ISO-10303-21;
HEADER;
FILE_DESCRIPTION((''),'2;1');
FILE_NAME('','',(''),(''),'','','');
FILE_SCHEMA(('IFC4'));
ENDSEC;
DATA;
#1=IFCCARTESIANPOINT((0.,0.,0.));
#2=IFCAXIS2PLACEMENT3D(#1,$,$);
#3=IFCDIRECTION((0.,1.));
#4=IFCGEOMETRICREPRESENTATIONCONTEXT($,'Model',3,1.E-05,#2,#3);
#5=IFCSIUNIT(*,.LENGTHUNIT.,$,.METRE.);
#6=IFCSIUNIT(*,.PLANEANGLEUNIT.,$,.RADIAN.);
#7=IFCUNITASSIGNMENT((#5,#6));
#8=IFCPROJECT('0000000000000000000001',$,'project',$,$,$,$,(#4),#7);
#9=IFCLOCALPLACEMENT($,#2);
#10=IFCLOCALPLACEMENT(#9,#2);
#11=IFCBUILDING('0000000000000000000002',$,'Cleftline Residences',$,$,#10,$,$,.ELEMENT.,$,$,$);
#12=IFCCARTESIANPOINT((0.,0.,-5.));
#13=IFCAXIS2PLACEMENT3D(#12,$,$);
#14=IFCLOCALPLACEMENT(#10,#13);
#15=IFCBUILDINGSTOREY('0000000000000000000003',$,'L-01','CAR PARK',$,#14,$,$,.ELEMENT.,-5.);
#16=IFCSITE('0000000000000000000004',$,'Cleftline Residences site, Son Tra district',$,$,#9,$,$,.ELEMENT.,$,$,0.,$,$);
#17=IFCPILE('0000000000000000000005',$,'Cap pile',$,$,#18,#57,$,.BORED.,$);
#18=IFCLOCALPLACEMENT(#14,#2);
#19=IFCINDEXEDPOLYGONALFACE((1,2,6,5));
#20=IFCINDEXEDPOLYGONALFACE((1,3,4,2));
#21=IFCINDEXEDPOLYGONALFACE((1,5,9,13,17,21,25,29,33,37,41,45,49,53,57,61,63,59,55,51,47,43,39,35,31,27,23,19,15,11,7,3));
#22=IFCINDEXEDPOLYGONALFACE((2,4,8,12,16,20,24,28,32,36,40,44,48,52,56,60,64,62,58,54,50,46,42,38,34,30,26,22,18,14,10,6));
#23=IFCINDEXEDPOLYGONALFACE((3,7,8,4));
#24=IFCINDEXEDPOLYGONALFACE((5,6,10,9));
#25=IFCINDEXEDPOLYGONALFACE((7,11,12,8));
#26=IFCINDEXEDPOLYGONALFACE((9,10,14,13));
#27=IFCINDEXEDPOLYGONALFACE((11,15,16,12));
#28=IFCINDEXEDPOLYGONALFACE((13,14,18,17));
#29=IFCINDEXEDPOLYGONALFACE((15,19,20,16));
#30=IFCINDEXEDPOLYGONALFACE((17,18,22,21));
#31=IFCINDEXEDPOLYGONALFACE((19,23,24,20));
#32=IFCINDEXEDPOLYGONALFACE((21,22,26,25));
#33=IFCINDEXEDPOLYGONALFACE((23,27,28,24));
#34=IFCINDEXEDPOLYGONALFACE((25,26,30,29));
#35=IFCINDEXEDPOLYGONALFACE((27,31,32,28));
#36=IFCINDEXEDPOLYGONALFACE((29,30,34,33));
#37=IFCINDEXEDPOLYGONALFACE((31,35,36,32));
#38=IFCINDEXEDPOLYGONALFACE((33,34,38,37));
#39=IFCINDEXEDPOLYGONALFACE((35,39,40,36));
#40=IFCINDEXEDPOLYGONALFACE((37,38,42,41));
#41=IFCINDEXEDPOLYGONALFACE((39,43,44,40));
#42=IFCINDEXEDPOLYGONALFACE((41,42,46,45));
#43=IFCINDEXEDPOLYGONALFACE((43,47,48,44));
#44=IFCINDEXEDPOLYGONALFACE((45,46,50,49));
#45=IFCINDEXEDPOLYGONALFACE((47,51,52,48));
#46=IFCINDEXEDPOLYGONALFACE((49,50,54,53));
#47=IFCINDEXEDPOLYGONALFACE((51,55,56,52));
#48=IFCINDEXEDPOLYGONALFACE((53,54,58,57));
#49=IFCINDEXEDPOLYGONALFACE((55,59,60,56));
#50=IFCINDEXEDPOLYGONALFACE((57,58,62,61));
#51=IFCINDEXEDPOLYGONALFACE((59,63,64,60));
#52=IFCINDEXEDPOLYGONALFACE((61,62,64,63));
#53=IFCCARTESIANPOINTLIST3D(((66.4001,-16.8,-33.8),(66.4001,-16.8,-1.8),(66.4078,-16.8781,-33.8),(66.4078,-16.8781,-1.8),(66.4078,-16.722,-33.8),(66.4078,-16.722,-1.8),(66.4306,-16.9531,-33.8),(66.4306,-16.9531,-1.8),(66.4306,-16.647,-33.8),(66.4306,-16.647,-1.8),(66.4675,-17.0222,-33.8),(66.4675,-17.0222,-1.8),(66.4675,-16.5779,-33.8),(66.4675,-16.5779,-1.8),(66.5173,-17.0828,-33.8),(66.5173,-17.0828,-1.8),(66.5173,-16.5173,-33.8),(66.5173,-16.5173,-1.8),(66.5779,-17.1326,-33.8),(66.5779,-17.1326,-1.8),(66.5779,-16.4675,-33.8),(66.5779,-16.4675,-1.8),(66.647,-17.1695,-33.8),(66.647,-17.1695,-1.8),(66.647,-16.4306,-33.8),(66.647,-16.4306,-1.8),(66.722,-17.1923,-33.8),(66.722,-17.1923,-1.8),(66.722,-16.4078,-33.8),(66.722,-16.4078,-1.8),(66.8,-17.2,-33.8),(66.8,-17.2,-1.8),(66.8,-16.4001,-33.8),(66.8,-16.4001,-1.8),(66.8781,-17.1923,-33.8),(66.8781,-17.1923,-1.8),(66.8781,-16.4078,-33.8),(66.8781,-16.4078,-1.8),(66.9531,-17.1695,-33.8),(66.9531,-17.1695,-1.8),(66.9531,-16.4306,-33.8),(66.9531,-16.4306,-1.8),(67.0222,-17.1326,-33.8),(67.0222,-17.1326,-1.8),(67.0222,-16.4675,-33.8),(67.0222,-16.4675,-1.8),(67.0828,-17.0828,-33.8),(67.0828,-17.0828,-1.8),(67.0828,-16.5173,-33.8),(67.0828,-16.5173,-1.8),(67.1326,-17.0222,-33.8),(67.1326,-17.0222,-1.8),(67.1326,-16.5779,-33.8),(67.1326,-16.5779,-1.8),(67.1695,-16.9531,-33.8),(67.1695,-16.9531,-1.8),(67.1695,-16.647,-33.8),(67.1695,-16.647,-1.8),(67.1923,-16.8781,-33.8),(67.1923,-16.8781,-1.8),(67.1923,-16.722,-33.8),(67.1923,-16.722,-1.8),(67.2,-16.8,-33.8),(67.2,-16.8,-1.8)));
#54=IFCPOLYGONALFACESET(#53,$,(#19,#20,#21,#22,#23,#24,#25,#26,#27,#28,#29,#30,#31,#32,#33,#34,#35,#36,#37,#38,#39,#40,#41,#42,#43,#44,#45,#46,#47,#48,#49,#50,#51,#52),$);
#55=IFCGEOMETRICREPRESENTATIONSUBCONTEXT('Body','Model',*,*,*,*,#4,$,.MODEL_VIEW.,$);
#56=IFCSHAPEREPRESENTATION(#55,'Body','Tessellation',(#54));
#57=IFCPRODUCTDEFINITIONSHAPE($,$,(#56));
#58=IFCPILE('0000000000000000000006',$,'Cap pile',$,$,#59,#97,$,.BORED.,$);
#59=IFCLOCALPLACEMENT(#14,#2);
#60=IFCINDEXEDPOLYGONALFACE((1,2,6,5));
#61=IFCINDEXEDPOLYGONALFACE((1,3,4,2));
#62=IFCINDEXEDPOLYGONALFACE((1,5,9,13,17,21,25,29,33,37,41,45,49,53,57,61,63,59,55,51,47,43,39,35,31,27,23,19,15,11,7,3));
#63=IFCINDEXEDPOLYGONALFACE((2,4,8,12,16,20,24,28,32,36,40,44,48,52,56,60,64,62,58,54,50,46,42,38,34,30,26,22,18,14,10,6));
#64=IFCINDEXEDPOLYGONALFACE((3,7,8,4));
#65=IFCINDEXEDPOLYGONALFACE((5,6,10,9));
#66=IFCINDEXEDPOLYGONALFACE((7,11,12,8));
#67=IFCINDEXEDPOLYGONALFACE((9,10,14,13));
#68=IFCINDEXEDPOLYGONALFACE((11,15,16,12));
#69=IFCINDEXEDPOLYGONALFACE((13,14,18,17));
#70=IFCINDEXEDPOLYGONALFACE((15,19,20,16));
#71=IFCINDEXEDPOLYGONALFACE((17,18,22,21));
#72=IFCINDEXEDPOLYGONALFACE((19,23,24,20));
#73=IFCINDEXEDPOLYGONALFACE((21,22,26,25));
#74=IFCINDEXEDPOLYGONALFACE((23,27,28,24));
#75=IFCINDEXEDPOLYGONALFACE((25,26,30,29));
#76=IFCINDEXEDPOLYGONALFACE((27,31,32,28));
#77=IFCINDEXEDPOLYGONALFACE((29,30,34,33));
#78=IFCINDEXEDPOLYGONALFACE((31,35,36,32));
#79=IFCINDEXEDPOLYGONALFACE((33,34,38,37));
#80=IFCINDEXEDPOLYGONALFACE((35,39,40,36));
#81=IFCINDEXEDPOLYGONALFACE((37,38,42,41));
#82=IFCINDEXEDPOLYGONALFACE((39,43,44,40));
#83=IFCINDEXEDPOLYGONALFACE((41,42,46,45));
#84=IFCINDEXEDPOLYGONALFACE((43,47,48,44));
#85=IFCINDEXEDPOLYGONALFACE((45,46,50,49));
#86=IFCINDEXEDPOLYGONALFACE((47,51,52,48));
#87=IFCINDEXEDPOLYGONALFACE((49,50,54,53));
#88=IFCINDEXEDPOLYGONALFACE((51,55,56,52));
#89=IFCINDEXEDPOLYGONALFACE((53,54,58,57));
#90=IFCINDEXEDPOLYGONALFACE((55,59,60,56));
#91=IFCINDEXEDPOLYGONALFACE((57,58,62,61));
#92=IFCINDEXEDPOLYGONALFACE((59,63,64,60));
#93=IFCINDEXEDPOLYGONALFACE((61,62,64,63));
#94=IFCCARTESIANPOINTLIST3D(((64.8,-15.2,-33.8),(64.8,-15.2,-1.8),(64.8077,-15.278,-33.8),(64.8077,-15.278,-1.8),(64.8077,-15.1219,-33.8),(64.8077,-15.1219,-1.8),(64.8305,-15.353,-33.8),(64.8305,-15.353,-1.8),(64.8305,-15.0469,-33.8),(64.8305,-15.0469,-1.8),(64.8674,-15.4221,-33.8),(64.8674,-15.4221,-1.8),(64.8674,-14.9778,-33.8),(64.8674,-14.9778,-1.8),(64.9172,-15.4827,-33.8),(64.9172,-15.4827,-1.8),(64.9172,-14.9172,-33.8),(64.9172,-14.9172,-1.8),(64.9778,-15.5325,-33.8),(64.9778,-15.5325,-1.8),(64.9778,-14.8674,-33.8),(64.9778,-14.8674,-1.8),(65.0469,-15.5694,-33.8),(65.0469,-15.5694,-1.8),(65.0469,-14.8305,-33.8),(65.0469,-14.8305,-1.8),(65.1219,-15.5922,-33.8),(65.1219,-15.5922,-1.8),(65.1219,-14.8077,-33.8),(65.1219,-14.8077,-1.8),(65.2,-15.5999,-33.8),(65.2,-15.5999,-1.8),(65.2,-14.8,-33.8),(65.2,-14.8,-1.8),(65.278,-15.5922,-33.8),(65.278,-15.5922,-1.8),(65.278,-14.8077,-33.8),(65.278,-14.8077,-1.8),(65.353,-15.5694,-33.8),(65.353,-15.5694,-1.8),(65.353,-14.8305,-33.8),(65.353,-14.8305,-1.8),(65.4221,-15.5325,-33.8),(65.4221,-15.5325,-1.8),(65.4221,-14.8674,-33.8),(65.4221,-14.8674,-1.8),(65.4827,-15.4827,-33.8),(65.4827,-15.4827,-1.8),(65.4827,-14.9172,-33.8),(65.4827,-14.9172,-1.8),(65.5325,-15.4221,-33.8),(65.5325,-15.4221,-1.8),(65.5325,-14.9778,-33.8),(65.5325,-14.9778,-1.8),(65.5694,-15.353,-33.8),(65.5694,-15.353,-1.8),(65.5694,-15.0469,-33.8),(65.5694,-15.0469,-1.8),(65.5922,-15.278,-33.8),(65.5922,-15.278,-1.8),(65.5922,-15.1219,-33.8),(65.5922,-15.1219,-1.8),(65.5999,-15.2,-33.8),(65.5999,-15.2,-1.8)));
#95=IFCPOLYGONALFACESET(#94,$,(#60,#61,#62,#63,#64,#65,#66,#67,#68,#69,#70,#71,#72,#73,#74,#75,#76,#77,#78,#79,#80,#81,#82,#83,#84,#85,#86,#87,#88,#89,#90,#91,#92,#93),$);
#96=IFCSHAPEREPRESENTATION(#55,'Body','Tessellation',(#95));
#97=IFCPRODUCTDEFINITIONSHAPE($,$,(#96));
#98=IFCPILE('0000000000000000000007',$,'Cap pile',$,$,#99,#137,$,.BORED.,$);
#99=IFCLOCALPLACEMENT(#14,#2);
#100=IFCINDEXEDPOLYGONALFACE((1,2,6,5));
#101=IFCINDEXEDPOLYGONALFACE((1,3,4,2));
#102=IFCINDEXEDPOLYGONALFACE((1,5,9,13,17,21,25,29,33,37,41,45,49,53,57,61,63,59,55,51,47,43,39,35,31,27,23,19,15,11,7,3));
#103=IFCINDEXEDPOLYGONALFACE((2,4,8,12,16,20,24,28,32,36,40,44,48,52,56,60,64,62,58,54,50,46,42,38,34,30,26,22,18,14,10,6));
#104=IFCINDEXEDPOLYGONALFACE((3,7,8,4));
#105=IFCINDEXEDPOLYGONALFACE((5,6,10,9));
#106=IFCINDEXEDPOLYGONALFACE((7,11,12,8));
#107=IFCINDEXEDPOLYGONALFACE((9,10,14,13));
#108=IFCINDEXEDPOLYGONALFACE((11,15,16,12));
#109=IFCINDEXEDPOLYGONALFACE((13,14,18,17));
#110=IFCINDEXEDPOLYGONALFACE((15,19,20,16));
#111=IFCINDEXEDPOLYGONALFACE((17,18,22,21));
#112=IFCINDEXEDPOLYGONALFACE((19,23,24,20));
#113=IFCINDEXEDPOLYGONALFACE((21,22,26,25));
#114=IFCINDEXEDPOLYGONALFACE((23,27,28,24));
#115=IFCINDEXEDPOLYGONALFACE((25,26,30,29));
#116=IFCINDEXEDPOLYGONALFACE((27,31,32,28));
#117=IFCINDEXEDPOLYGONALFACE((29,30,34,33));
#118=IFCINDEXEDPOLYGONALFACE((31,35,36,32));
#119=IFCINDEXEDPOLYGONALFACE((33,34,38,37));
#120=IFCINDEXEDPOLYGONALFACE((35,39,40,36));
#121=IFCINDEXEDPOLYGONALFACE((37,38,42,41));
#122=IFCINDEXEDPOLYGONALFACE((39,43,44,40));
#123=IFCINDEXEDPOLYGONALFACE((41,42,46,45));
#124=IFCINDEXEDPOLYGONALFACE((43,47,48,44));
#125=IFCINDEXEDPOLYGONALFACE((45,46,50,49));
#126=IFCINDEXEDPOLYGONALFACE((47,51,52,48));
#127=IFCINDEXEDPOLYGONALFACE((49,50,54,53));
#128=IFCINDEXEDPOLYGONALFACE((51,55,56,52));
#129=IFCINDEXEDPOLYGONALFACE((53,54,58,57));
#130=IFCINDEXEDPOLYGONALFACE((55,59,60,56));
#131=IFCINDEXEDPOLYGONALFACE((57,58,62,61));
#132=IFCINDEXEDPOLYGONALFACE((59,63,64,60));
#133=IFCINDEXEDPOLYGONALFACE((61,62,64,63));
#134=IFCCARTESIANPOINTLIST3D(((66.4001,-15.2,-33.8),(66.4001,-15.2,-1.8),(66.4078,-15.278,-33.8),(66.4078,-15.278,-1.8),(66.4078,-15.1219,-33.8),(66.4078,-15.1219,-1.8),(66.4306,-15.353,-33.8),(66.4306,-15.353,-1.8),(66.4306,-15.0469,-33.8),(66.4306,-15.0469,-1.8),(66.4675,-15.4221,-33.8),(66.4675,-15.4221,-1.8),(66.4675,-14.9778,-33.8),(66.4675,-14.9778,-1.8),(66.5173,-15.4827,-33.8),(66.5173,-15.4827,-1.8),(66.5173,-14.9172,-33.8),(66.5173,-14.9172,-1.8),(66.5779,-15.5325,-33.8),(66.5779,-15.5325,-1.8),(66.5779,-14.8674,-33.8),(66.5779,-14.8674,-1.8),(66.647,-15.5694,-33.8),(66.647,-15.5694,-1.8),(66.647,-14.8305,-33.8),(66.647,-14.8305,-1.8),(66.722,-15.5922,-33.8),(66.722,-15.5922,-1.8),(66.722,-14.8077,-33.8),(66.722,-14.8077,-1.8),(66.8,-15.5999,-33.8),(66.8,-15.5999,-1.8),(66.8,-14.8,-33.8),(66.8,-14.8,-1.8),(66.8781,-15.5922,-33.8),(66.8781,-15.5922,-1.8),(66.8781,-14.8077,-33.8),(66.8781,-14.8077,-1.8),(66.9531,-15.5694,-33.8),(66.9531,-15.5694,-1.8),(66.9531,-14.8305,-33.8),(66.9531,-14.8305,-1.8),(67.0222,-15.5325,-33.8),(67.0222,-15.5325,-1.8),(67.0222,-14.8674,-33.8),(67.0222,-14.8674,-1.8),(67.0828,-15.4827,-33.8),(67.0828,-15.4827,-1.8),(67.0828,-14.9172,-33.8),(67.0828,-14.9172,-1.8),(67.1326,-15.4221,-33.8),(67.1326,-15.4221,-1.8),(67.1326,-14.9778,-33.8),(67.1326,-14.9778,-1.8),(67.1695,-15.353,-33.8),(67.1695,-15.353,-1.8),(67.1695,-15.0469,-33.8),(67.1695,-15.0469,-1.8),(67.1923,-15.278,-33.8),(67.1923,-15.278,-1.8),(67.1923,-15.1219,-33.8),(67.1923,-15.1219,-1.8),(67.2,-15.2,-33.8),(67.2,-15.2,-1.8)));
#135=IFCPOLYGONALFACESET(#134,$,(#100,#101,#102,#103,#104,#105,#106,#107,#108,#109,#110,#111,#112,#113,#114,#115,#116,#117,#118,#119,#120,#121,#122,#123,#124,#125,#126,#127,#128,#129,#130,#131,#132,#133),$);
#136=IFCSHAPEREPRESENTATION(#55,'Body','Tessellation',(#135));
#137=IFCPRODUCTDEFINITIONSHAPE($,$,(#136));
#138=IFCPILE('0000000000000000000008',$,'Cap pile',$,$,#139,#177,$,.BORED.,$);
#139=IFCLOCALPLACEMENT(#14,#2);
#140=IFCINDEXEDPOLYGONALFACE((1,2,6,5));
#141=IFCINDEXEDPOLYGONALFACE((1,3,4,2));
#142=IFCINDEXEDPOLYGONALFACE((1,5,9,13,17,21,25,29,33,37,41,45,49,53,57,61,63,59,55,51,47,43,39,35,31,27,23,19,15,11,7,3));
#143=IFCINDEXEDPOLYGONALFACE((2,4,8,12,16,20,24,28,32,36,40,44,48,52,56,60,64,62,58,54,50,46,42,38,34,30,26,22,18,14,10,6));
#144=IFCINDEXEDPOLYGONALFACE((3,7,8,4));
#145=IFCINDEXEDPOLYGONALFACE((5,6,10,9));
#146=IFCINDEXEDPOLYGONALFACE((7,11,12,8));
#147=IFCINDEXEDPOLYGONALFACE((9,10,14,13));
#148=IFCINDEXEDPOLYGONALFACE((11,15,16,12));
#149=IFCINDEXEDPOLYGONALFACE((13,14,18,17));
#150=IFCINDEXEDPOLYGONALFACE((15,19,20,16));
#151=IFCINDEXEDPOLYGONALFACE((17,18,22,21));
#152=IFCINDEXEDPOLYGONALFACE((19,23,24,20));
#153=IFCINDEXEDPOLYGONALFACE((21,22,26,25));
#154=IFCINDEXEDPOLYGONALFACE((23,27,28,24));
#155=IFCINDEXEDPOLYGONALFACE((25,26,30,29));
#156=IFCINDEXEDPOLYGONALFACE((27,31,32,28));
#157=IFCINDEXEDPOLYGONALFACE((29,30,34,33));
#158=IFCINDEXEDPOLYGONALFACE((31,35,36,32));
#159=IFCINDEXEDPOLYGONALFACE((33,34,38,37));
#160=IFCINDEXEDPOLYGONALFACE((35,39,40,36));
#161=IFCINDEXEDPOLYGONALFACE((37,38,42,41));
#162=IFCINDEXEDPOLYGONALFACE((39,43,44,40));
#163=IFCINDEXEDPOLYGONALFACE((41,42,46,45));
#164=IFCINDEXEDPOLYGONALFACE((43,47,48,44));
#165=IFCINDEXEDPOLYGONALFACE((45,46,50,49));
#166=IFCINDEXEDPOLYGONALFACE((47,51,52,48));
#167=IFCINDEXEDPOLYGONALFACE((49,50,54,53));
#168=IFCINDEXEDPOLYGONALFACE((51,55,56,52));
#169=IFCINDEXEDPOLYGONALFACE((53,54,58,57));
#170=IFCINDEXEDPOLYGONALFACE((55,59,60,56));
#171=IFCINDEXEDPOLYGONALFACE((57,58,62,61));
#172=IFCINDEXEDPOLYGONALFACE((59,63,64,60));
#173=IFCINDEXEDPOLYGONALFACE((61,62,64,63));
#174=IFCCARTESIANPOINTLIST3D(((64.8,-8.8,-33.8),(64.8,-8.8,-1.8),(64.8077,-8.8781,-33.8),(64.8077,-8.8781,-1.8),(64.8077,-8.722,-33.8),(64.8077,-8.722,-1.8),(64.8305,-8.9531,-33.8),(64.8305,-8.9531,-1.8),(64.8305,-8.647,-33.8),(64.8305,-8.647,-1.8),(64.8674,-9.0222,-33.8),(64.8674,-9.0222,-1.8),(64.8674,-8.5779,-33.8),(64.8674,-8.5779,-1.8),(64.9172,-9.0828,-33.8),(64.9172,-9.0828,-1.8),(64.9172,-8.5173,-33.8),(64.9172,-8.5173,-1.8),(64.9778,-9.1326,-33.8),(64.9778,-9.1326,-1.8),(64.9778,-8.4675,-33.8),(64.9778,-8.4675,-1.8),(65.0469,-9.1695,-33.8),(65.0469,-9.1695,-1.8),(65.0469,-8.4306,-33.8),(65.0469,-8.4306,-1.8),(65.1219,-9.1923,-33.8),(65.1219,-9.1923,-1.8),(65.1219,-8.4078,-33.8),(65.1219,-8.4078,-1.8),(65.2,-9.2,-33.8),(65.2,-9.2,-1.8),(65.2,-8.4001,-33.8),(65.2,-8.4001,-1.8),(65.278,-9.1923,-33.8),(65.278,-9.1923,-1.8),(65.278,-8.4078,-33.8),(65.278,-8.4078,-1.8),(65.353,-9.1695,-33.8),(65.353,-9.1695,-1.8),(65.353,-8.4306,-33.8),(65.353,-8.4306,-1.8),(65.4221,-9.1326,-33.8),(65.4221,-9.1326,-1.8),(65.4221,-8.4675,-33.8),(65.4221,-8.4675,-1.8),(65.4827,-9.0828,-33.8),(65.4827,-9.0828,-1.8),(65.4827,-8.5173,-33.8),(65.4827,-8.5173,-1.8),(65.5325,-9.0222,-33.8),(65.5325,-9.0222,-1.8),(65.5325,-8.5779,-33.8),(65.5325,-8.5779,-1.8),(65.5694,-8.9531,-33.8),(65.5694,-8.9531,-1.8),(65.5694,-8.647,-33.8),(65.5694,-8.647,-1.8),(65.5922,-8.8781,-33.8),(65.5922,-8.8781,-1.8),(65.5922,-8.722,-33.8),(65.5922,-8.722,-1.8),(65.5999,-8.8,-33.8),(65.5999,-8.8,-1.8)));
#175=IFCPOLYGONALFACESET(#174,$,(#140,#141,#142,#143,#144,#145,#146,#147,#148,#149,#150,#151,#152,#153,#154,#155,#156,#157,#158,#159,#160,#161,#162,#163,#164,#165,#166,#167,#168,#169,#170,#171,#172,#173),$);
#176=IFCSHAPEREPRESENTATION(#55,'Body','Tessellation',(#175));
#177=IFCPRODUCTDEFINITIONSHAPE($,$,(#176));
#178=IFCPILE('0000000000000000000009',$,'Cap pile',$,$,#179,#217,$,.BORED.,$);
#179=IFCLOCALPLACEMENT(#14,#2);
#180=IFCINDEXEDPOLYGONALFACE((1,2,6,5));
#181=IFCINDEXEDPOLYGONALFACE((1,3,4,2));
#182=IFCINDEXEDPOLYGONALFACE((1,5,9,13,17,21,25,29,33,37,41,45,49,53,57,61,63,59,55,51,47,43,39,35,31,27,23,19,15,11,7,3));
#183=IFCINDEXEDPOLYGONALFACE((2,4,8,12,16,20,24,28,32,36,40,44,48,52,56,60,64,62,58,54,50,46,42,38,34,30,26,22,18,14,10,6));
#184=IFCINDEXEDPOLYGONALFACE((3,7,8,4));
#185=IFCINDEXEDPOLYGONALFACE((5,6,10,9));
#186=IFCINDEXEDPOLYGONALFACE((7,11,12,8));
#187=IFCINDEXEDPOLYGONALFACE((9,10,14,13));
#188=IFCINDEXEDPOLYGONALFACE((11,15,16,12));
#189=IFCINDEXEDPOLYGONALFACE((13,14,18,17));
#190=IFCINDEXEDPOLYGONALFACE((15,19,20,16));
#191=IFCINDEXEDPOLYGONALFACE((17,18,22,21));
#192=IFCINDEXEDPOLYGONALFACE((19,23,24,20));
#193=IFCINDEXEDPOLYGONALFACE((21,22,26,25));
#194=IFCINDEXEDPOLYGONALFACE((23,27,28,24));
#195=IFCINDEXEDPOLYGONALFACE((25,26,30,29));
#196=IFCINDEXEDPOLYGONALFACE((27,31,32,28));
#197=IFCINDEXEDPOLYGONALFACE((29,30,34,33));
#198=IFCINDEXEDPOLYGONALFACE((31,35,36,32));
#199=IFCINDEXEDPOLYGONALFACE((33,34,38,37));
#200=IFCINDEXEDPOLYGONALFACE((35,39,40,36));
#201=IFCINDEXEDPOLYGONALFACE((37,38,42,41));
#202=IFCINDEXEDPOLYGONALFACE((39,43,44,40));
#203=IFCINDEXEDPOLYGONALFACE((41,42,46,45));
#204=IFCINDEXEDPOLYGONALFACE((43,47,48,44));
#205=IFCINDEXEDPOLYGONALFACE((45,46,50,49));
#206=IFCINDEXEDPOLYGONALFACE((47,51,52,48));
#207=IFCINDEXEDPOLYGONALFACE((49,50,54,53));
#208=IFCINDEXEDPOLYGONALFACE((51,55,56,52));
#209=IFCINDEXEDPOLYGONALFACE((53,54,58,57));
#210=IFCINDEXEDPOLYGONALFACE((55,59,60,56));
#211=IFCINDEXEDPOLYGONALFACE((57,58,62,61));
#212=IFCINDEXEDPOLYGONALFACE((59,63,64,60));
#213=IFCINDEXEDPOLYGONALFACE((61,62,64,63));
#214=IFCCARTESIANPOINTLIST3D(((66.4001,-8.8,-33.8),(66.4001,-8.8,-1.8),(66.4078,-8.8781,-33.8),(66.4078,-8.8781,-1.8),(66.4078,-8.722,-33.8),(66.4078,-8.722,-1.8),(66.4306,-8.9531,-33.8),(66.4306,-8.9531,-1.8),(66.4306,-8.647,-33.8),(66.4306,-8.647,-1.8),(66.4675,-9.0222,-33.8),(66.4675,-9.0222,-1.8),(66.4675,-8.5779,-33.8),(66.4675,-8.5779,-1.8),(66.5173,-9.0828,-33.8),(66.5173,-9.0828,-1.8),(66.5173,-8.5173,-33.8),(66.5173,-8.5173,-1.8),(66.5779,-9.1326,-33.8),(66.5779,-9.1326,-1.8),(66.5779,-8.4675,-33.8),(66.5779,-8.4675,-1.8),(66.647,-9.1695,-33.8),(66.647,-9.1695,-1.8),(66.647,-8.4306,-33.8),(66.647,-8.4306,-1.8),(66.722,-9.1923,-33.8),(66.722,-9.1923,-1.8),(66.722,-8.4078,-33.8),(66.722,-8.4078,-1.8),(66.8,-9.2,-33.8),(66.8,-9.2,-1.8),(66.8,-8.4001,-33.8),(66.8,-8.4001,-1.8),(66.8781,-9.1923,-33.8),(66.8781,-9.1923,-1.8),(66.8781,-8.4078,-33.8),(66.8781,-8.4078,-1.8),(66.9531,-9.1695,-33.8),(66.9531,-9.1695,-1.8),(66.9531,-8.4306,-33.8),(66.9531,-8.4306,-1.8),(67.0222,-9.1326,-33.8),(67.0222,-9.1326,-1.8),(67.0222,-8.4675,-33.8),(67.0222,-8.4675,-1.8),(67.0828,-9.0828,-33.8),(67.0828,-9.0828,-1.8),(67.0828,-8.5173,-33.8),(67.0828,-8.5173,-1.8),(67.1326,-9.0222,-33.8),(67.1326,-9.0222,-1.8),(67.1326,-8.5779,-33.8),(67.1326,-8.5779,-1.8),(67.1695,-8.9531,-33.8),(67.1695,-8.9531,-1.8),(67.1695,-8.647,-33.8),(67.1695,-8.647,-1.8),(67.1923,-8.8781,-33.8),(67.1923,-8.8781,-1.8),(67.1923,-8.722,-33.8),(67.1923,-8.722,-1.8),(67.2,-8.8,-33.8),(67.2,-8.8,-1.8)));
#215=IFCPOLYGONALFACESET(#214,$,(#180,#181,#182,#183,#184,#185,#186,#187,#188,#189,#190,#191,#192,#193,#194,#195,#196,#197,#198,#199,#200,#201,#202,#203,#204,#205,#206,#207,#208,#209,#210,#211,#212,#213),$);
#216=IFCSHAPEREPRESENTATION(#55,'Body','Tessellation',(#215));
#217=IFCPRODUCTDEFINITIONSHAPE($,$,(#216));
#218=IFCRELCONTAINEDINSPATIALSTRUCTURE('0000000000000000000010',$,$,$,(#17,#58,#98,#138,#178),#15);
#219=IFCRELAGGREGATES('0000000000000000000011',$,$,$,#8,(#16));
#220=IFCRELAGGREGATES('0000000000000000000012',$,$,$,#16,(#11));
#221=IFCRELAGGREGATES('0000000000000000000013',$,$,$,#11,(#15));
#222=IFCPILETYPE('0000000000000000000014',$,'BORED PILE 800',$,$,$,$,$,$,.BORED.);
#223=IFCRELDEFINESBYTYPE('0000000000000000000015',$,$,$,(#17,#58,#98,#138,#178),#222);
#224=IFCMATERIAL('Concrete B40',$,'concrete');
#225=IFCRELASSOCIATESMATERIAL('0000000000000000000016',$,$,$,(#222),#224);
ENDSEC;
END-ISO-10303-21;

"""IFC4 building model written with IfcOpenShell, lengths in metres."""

from ifc_helpers import new_model, si_unit, direction, frame, origin, origin_2d, place, context, subcontext, project, spatial, circle, extrude, material, material_profile, profile_set, type_object, element, save


model = new_model("IFC4")

# Units and contexts
model_context = context("Model", 3, precision=1e-05, world=origin(), true_north=direction((0.0, 1.0)))
body_context = subcontext(model_context, "Body", "Model", "MODEL_VIEW")
ifc_project = project(units=[si_unit("LENGTHUNIT", "METRE"), si_unit("PLANEANGLEUNIT", "RADIAN")], contexts=[model_context])

# Site, building, storey
site_placement = place(None, origin())
site = spatial("IfcSite", under=ifc_project, at=site_placement, Name="Cleftline Residences site, Son Tra district", CompositionType="ELEMENT", RefElevation=0.0)
building_placement = place(site_placement, origin())
building = spatial("IfcBuilding", under=site, at=building_placement, Name="Cleftline Residences", CompositionType="ELEMENT")
storey_placement = place(building_placement, frame((0.0, 0.0, -5.0)))
storey = spatial("IfcBuildingStorey", under=building, at=storey_placement, Name="L-01", Description="CAR PARK", CompositionType="ELEMENT", Elevation=-5.0)

# Piles
ifc_material_1 = material(Name="Concrete B40", Category="concrete")
ifc_material_profile_1 = material_profile(ifc_material_1, circle(Radius=0.3999, at=origin_2d()))
ifc_profile_set_1 = profile_set([ifc_material_profile_1], Name="Concrete B40")
pile_type_1 = type_object("IfcPileType", Name="BORED PILE 800", PredefinedType="BORED", material=ifc_profile_set_1)
for number, where, z_axis, x_axis, name in (
    (1, (66.8, -16.8, -1.8), (0.0, 0.0, -1.0), (1.0, 0.0, 0.0), "Cap pile"),
    (2, (65.2, -15.2, -1.8), (0.0, 0.0, -1.0), (1.0, 0.0, 0.0), "Cap pile"),
    (3, (66.8, -15.2, -1.8), (0.0, 0.0, -1.0), (1.0, 0.0, 0.0), "Cap pile"),
    (4, (65.2, -8.8, -1.8), (0.0, 0.0, -1.0), (1.0, 0.0, 0.0), "Cap pile"),
    (5, (66.8, -8.8, -1.8), (0.0, 0.0, -1.0), (1.0, 0.0, 0.0), "Cap pile"),
):
    element("IfcPile", number, at=place(storey_placement, frame(where, z_axis=z_axis, x_axis=x_axis)), inside=storey, type_object=pile_type_1, Name=name, PredefinedType="BORED", context=body_context, shape_type="SweptSolid", body=[
        extrude(circle(Radius=0.3999, at=origin_2d()), origin(), (0.0, 0.0, 1.0), 32.0),
    ])

save(model, "model.ifc")
